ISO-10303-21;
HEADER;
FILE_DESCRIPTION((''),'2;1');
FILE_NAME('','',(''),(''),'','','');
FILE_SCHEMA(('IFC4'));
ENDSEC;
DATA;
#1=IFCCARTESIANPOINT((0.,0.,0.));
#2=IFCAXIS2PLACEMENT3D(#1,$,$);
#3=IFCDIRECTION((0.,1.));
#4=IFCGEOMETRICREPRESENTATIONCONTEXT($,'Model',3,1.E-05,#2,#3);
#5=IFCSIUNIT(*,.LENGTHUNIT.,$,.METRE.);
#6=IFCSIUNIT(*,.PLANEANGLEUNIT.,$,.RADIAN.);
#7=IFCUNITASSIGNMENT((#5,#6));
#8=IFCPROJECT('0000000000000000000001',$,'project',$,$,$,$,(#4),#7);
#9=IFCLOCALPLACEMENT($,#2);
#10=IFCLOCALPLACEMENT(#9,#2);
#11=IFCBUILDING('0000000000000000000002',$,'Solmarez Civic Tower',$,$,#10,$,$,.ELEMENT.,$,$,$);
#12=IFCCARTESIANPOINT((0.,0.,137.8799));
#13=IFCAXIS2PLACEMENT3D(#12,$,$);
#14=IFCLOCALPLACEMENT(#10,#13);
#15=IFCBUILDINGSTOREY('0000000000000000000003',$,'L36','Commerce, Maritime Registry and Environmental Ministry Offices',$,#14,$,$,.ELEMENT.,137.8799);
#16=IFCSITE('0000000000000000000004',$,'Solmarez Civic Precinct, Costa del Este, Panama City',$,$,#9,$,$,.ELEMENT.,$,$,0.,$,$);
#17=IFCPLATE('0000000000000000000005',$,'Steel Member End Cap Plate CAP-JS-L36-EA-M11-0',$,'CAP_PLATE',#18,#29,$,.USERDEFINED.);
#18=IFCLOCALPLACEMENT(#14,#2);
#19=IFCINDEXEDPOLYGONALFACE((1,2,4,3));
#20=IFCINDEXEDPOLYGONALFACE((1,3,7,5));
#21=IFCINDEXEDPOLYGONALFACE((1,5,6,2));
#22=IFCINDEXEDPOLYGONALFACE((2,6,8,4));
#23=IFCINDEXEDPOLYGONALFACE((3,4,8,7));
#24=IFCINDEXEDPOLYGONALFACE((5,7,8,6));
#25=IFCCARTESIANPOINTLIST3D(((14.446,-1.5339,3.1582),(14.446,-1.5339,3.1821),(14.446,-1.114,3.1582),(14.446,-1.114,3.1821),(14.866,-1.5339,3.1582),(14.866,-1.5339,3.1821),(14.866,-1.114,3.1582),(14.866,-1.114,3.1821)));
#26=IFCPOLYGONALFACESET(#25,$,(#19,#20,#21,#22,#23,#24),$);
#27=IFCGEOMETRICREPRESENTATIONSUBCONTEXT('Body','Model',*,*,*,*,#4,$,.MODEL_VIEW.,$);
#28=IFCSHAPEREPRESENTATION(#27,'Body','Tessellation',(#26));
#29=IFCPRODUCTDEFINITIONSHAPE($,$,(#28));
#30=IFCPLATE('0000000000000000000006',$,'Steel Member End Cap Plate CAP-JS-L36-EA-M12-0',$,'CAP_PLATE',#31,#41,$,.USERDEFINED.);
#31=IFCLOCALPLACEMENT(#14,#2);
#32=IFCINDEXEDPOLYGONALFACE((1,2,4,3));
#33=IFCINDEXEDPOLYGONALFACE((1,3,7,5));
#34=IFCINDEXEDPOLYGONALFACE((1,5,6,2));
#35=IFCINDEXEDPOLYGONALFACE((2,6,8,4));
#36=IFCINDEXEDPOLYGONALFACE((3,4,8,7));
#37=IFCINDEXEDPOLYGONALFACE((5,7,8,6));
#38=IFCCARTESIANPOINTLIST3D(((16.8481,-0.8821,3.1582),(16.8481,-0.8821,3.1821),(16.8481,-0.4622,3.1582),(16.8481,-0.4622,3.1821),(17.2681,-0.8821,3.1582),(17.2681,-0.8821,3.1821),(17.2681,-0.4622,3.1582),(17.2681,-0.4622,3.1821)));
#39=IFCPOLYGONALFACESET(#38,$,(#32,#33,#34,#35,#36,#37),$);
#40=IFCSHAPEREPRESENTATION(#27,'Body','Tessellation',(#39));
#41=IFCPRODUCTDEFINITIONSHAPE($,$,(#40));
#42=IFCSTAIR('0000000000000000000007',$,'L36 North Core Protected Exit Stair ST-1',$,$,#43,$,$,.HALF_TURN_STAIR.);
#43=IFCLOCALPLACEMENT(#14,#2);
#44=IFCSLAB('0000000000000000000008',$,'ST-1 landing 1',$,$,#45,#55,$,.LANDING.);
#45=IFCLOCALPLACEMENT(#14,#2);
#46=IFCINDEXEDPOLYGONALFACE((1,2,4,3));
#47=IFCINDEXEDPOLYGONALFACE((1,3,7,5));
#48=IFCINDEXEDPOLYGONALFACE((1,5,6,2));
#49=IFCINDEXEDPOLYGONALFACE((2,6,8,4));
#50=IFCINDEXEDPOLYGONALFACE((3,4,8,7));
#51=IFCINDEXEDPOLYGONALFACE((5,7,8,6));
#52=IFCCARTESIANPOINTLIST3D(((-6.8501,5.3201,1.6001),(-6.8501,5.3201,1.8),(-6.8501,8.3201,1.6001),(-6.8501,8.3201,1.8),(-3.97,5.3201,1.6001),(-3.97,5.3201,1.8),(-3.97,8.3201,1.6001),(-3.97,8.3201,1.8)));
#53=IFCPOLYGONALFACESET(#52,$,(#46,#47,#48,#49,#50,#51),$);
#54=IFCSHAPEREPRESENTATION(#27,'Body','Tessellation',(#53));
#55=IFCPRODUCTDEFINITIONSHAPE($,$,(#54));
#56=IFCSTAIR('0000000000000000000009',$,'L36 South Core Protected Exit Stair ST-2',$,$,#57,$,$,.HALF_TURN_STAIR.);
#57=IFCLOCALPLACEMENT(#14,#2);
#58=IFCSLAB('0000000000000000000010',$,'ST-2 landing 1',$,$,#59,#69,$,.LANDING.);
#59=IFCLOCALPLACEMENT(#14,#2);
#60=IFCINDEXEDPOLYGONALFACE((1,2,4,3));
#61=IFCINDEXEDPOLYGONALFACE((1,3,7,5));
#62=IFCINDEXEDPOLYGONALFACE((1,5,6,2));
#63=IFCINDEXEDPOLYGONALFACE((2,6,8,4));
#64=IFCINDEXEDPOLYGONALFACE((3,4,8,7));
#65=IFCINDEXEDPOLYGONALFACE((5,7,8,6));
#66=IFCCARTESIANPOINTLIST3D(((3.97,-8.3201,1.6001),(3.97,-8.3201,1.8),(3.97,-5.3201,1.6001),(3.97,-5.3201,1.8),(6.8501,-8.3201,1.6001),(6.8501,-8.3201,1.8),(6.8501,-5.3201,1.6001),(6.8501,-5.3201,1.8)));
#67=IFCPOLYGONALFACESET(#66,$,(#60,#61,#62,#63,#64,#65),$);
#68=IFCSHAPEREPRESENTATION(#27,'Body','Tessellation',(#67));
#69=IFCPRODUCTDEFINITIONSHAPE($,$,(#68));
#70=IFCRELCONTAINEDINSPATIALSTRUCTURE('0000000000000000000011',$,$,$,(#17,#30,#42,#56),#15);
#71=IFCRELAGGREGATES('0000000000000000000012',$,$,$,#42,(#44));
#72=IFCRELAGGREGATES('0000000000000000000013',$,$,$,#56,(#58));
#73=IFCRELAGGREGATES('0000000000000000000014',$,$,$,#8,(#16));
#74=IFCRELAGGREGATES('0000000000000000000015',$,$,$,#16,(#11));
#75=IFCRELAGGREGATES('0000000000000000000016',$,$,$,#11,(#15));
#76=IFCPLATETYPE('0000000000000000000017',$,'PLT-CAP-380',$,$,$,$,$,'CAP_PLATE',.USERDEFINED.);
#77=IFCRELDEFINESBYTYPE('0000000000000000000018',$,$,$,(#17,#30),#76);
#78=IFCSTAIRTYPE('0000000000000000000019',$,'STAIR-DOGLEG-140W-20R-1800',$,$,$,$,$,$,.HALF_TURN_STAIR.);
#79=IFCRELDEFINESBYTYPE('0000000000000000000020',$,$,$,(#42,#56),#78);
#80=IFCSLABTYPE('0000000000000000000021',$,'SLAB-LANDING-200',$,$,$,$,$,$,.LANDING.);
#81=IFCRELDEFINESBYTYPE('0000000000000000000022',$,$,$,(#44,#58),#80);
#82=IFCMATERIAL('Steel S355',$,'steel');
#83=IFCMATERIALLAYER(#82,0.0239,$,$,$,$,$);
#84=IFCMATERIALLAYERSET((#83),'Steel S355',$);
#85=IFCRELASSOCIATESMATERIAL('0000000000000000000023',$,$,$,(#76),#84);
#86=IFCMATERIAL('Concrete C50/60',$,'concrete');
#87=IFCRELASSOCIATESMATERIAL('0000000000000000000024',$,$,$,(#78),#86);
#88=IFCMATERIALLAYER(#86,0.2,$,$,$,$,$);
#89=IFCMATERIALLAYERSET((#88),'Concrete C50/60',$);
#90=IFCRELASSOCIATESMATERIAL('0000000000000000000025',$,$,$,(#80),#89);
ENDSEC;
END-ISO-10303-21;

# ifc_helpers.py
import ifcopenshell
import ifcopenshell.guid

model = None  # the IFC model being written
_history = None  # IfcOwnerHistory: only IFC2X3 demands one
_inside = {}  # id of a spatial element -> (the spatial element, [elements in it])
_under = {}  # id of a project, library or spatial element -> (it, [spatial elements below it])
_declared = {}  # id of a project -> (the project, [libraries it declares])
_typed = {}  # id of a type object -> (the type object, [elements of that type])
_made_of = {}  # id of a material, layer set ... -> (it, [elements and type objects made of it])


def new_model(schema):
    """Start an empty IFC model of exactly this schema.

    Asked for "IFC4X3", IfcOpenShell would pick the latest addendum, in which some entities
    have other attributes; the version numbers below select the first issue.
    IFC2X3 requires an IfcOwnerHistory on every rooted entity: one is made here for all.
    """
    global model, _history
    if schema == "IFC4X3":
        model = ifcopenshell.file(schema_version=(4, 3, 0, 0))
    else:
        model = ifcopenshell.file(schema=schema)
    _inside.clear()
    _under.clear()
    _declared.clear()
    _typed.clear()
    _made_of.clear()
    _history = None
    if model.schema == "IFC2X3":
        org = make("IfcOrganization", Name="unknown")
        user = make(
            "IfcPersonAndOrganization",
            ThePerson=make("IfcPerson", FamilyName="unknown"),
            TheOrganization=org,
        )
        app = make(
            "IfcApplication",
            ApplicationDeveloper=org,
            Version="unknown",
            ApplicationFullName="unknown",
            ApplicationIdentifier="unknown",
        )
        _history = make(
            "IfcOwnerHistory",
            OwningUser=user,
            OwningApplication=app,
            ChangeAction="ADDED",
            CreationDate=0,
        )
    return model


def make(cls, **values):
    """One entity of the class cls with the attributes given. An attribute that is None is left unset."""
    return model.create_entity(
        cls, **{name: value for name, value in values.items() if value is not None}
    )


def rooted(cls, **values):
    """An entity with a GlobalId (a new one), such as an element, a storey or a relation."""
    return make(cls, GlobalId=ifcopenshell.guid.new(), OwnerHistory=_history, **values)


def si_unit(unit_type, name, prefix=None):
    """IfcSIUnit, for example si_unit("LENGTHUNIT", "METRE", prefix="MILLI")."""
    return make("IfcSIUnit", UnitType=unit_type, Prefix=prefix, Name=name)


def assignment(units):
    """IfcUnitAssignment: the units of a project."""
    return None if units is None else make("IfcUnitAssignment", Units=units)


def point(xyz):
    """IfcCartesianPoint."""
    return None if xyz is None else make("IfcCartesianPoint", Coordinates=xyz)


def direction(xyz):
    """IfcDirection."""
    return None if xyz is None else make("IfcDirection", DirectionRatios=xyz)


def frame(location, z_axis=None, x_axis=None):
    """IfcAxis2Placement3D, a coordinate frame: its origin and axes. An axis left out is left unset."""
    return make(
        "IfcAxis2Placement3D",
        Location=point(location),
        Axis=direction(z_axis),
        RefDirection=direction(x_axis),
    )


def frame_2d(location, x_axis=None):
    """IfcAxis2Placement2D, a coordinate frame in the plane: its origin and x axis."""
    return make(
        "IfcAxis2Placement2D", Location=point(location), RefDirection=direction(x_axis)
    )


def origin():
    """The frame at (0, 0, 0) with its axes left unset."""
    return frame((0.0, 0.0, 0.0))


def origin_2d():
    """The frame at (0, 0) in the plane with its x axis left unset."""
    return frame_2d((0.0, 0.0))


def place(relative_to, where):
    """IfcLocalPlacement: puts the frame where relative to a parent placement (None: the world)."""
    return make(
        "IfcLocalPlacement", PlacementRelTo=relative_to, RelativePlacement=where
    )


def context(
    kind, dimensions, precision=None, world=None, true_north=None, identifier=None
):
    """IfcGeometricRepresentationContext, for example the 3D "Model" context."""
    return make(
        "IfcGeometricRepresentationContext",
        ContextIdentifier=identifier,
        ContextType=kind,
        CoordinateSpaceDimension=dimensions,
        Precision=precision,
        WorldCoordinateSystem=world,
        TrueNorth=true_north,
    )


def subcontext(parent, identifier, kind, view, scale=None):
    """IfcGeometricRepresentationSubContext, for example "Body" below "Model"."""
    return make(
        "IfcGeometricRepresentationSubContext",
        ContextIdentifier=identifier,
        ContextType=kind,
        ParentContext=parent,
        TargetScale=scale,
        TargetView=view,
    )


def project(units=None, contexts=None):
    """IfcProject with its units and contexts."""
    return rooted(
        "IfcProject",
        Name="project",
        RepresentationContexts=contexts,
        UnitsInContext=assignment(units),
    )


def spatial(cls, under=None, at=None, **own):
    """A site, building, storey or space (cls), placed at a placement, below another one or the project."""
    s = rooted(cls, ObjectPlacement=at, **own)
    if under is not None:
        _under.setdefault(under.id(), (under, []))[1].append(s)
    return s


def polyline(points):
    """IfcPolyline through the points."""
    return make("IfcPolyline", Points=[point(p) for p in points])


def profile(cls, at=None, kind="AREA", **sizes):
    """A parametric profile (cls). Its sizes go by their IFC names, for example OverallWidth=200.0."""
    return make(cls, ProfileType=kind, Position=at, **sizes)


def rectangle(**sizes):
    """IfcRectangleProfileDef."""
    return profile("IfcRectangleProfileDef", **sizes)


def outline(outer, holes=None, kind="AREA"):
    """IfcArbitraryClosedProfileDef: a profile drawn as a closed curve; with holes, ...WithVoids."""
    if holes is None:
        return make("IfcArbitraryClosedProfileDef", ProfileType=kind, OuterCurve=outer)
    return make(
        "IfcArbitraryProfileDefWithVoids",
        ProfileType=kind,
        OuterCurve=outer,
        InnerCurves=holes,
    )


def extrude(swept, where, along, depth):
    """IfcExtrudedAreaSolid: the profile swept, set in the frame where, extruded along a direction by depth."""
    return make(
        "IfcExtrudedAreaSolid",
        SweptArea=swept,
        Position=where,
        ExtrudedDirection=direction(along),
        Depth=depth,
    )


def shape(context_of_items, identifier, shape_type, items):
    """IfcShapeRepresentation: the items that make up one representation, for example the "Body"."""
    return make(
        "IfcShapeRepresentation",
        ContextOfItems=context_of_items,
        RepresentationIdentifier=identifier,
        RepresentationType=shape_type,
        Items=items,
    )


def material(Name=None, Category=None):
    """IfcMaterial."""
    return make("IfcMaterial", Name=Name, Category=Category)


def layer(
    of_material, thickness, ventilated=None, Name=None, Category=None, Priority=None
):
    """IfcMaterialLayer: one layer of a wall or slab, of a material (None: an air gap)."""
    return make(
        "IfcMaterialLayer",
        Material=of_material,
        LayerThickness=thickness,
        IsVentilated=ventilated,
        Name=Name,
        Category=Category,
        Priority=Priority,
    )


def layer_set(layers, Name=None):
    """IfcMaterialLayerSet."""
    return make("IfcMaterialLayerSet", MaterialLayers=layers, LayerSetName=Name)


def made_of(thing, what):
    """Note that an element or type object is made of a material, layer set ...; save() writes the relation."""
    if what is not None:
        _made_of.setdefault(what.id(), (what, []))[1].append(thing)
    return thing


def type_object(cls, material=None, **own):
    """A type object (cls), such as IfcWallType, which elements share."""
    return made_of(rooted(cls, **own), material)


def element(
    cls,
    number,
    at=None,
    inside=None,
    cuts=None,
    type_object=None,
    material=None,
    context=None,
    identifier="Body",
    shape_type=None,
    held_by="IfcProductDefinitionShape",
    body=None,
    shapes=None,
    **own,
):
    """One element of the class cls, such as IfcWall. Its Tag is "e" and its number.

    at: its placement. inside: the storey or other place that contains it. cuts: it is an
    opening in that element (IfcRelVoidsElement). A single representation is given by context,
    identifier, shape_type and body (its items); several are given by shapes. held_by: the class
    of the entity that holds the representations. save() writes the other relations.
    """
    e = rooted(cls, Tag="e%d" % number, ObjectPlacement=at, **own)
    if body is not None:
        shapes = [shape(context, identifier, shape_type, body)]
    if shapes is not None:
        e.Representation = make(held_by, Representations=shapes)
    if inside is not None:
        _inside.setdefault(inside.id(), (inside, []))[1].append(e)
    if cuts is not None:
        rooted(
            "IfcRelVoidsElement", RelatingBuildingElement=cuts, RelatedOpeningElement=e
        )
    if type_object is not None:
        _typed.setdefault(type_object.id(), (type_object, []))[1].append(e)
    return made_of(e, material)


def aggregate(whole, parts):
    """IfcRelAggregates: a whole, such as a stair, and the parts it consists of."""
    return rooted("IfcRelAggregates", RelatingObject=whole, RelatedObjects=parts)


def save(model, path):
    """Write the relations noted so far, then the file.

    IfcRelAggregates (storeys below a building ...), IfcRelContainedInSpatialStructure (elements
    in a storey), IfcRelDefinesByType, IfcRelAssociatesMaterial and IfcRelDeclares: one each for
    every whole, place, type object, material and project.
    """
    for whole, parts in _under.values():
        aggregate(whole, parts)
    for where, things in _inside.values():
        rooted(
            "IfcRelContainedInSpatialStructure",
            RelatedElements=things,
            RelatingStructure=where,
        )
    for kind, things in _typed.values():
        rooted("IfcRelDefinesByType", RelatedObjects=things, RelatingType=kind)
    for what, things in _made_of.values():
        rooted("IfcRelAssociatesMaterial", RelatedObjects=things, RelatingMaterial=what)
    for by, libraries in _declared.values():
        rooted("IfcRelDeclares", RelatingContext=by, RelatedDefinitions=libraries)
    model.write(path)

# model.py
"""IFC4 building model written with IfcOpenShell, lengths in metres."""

from ifc_helpers import new_model, si_unit, direction, frame, origin, origin_2d, place, context, subcontext, project, spatial, polyline, rectangle, outline, extrude, material, layer, layer_set, type_object, element, aggregate, save


model = new_model("IFC4")

# Units and contexts
model_context = context("Model", 3, precision=1e-05, world=origin(), true_north=direction((0.0, 1.0)))
body_context = subcontext(model_context, "Body", "Model", "MODEL_VIEW")
ifc_project = project(units=[si_unit("LENGTHUNIT", "METRE"), si_unit("PLANEANGLEUNIT", "RADIAN")], contexts=[model_context])

# Site, building, storey
site_placement = place(None, origin())
site = spatial("IfcSite", under=ifc_project, at=site_placement, Name="Solmarez Civic Precinct, Costa del Este, Panama City", CompositionType="ELEMENT", RefElevation=0.0)
building_placement = place(site_placement, origin())
building = spatial("IfcBuilding", under=site, at=building_placement, Name="Solmarez Civic Tower", CompositionType="ELEMENT")
storey_placement = place(building_placement, frame((0.0, 0.0, 137.8799)))
storey = spatial("IfcBuildingStorey", under=building, at=storey_placement, Name="L36", Description="Commerce, Maritime Registry and Environmental Ministry Offices", CompositionType="ELEMENT", Elevation=137.8799)

# Shared definitions
ifc_material_1 = material(Name="Concrete C50/60", Category="concrete")

# Shared definitions
ifc_material_2 = material(Name="Steel S355", Category="steel")

# Plates
ifc_layer_1 = layer(ifc_material_2, 0.0239)
ifc_layer_set_1 = layer_set([ifc_layer_1], Name="Steel S355")
plate_type = type_object("IfcPlateType", Name="PLT-CAP-380", ElementType="CAP_PLATE", PredefinedType="USERDEFINED", material=ifc_layer_set_1)
for number, where, z_axis, x_axis, name in (
    (1, (14.656, -1.324, 3.1582), (0.0, 0.0, 1.0), (1.0, 0.0, 0.0), "Steel Member End Cap Plate CAP-JS-L36-EA-M11-0"),
    (2, (17.0581, -0.6721, 3.1582), (0.0, 0.0, 1.0), (1.0, 0.0, 0.0), "Steel Member End Cap Plate CAP-JS-L36-EA-M12-0"),
):
    element("IfcPlate", number, at=place(storey_placement, frame(where, z_axis=z_axis, x_axis=x_axis)), inside=storey, type_object=plate_type, Name=name, ObjectType="CAP_PLATE", PredefinedType="USERDEFINED", context=body_context, shape_type="SweptSolid", body=[
        extrude(rectangle(XDim=0.4199, YDim=0.4199, at=origin_2d()), origin(), (0.0, 0.0, 1.0), 0.0239),
    ])

# Stairs, slabs
stair_type = type_object("IfcStairType", Name="STAIR-DOGLEG-140W-20R-1800", PredefinedType="HALF_TURN_STAIR", material=ifc_material_1)
stair_1_placement = place(storey_placement, origin())
stair_1 = element("IfcStair", 3, at=stair_1_placement, inside=storey, type_object=stair_type, Name="L36 North Core Protected Exit Stair ST-1", PredefinedType="HALF_TURN_STAIR")
ifc_layer_2 = layer(ifc_material_1, 0.2)
ifc_layer_set_2 = layer_set([ifc_layer_2], Name="Concrete C50/60")
slab_type_1 = type_object("IfcSlabType", Name="SLAB-LANDING-200", PredefinedType="LANDING", material=ifc_layer_set_2)
slab_1_placement = place(storey_placement, frame((0.0, 0.0, 1.6001)))
slab_1 = element("IfcSlab", 4, at=slab_1_placement, type_object=slab_type_1, Name="ST-1 landing 1", PredefinedType="LANDING", context=body_context, shape_type="SweptSolid", body=[
    extrude(outline(polyline([(-3.97, 8.3201), (-6.8501, 8.3201), (-6.8501, 5.3201), (-3.97, 5.3201), (-3.97, 8.3201)])), origin(), (0.0, 0.0, 1.0), 0.2),
])
aggregate(stair_1, [slab_1])
stair_2_placement = place(storey_placement, origin())
stair_2 = element("IfcStair", 5, at=stair_2_placement, inside=storey, type_object=stair_type, Name="L36 South Core Protected Exit Stair ST-2", PredefinedType="HALF_TURN_STAIR")
slab_2_placement = place(storey_placement, frame((0.0, 0.0, 1.6001)))
slab_2 = element("IfcSlab", 6, at=slab_2_placement, type_object=slab_type_1, Name="ST-2 landing 1", PredefinedType="LANDING", context=body_context, shape_type="SweptSolid", body=[
    extrude(outline(polyline([(3.97, -8.3201), (6.8501, -8.3201), (6.8501, -5.3201), (3.97, -5.3201), (3.97, -8.3201)])), origin(), (0.0, 0.0, 1.0), 0.2),
])

aggregate(stair_2, [slab_2])

save(model, "model.ifc")
